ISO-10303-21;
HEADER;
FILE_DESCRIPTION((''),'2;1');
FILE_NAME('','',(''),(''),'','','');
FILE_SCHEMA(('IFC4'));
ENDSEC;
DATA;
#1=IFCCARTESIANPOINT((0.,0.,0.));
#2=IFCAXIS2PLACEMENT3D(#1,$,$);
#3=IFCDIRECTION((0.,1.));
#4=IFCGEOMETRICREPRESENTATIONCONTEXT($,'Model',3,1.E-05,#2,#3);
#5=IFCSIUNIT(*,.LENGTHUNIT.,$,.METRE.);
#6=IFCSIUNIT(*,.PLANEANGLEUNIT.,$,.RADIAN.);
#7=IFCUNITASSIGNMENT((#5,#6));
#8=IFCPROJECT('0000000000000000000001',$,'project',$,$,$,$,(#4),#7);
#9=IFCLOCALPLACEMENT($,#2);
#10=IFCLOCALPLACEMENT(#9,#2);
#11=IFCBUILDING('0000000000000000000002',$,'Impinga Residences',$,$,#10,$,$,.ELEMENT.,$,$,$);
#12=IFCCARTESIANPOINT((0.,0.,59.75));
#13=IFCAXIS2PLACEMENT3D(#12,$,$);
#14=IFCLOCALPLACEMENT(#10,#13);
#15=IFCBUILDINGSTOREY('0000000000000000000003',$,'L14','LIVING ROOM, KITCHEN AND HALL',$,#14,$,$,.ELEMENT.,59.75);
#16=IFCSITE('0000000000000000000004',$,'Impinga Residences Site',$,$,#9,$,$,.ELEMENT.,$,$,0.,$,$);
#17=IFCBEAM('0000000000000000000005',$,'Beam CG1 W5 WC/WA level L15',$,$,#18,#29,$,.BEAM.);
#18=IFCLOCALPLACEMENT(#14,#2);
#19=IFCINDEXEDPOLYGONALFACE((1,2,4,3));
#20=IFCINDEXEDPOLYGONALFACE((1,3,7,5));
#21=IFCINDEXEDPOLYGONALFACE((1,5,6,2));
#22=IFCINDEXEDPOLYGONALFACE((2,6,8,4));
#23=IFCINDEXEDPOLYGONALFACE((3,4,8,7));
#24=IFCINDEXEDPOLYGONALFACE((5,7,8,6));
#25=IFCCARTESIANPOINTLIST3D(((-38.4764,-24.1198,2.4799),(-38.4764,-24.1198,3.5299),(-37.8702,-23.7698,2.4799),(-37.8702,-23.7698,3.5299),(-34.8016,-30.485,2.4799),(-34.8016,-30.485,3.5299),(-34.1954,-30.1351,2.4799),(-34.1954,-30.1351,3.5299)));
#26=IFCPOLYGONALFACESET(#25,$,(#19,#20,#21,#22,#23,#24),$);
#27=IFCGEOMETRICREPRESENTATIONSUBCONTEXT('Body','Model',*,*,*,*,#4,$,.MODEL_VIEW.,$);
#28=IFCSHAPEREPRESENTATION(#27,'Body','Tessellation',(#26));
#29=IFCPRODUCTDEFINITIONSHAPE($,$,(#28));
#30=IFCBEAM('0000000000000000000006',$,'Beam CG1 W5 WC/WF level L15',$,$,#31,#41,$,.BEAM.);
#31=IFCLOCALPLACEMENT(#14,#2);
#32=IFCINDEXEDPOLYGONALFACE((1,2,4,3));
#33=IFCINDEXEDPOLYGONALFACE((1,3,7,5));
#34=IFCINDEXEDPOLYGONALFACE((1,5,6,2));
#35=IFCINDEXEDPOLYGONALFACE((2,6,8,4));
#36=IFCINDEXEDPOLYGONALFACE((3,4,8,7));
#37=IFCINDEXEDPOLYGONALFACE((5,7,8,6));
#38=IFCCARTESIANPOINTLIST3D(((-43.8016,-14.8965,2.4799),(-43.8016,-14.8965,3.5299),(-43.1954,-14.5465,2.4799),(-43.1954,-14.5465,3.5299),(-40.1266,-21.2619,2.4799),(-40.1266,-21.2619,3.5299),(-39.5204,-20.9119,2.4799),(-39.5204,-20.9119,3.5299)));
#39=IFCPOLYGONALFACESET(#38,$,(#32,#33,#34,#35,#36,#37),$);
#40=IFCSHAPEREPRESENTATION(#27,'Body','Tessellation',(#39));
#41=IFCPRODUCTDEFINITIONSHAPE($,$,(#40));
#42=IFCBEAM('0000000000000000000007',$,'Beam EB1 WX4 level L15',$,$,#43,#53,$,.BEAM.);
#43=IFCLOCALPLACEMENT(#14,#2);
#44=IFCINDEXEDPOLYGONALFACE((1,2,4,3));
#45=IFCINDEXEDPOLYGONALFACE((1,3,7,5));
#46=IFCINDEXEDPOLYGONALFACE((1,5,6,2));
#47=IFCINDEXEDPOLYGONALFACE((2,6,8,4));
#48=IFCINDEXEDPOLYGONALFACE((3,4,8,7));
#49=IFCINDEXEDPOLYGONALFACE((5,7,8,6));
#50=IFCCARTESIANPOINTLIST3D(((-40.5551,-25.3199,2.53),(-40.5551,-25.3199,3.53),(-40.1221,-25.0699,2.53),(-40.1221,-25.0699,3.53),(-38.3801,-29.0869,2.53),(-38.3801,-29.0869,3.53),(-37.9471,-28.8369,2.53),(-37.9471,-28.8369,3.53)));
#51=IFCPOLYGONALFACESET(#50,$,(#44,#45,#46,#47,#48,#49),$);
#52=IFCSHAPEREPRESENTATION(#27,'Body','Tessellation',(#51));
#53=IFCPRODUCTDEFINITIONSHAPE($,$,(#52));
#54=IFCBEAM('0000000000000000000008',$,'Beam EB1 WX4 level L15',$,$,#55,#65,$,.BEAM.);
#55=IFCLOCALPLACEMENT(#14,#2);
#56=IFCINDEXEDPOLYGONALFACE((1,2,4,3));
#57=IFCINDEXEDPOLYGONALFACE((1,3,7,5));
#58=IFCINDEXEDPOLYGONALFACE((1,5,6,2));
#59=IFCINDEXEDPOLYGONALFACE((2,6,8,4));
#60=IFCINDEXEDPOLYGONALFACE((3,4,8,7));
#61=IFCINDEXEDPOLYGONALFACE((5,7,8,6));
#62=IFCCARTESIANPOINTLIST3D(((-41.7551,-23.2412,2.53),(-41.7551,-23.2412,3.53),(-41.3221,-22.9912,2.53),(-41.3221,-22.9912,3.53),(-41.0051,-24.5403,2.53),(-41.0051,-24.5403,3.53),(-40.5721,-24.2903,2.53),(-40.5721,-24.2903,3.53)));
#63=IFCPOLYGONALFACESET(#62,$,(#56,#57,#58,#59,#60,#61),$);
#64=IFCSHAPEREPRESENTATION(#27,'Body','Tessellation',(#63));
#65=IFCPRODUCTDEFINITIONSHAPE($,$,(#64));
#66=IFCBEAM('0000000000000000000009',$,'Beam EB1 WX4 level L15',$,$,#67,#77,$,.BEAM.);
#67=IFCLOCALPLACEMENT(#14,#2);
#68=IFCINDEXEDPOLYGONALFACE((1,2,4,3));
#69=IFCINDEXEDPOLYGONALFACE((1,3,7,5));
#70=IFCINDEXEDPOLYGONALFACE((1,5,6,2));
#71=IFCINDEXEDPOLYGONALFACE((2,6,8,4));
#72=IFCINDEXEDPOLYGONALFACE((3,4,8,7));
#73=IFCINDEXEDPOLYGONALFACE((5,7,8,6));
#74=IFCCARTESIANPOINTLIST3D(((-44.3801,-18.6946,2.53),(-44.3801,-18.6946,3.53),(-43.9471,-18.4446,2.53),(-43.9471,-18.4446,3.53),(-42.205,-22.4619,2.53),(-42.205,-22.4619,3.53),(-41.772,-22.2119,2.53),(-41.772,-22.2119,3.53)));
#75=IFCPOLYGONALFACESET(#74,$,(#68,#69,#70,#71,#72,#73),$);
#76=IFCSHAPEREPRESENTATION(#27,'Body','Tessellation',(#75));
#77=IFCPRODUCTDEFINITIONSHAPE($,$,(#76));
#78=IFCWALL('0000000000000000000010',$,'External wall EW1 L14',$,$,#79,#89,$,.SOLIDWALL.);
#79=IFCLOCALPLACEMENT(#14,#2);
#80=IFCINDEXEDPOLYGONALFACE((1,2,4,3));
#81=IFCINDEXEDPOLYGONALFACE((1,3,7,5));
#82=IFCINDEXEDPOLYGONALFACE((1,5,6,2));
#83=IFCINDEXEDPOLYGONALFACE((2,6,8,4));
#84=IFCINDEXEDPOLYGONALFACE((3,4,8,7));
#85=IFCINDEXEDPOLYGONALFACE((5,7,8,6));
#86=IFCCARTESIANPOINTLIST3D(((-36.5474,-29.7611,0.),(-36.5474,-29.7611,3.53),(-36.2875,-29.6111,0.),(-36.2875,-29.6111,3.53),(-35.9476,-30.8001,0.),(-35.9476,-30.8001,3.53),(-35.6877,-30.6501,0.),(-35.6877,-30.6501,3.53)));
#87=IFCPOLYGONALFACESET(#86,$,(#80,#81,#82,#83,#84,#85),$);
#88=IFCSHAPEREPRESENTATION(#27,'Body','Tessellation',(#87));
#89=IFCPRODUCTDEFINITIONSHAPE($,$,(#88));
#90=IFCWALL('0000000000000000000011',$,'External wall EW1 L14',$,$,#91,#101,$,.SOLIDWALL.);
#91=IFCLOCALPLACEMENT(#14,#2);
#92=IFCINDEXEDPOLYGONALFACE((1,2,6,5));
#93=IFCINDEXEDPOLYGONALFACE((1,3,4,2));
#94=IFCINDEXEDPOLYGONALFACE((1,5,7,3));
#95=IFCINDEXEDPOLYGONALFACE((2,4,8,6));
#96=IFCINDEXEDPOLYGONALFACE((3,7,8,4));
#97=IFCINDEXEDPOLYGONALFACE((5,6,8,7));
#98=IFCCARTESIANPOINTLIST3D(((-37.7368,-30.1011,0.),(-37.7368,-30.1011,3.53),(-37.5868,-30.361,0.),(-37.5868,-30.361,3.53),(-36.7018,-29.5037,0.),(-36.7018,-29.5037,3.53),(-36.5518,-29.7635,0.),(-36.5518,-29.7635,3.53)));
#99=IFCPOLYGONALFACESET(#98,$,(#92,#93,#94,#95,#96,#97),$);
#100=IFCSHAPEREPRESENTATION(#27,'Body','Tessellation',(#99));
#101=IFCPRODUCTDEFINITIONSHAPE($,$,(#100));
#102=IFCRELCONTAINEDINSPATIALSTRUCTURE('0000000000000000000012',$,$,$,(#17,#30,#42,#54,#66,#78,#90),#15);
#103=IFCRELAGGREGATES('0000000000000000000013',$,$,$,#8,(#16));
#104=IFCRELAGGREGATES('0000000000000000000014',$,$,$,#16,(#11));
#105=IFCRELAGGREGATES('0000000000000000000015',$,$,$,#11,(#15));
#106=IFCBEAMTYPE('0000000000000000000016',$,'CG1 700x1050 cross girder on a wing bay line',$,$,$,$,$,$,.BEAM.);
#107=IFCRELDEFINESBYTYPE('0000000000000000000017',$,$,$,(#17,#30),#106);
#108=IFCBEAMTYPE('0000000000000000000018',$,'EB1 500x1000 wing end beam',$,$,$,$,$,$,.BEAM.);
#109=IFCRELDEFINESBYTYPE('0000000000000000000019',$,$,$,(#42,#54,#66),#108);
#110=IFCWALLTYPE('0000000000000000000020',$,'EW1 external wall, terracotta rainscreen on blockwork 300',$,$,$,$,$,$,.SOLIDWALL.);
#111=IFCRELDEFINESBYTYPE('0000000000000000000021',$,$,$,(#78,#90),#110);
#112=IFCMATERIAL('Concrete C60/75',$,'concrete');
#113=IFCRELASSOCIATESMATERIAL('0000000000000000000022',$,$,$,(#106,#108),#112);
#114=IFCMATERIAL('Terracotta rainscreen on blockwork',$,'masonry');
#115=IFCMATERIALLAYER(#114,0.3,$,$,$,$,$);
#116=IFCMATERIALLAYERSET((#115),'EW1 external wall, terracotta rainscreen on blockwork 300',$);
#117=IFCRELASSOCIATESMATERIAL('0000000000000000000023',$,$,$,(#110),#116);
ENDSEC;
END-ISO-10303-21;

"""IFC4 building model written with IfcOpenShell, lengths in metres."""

from ifc_helpers import new_model, si_unit, direction, frame, frame_2d, origin, origin_2d, place, context, subcontext, project, spatial, rectangle, extrude, material, layer, layer_set, material_profile, profile_set, type_object, element, save


model = new_model("IFC4")

# Units and contexts
model_context = context("Model", 3, precision=1e-05, world=origin(), true_north=direction((0.0, 1.0)))
body_context = subcontext(model_context, "Body", "Model", "MODEL_VIEW")
ifc_project = project(units=[si_unit("LENGTHUNIT", "METRE"), si_unit("PLANEANGLEUNIT", "RADIAN")], contexts=[model_context])

# Site, building, storey
site_placement = place(None, origin())
site = spatial("IfcSite", under=ifc_project, at=site_placement, Name="Impinga Residences Site", CompositionType="ELEMENT", RefElevation=0.0)
building_placement = place(site_placement, origin())
building = spatial("IfcBuilding", under=site, at=building_placement, Name="Impinga Residences", CompositionType="ELEMENT")
storey_placement = place(building_placement, frame((0.0, 0.0, 59.75)))
storey = spatial("IfcBuildingStorey", under=building, at=storey_placement, Name="L14", Description="LIVING ROOM, KITCHEN AND HALL", CompositionType="ELEMENT", Elevation=59.75)

# Beams
ifc_material_1 = material(Name="Concrete C60/75", Category="concrete")
ifc_material_profile_1 = material_profile(ifc_material_1, rectangle(XDim=0.7, YDim=1.05, at=origin_2d()), Name="RC 700x1050")
ifc_profile_set_1 = profile_set([ifc_material_profile_1], Name="Concrete C60/75")
beam_type_1 = type_object("IfcBeamType", Name="CG1 700x1050 cross girder on a wing bay line", PredefinedType="BEAM", material=ifc_profile_set_1)
beam_1_placement = place(storey_placement, frame((-38.1733, -23.9448, 3.0049), z_axis=(0.499983, -0.866035, 0.0), x_axis=(0.866035, 0.499983, 0.0)))
element("IfcBeam", 1, at=beam_1_placement, inside=storey, type_object=beam_type_1, Name="Beam CG1 W5 WC/WA level L15", PredefinedType="BEAM", context=body_context, shape_type="SweptSolid", body=[
    extrude(rectangle(XDim=0.7, YDim=1.05, at=origin_2d()), origin(), (0.0, 0.0, 1.0), 7.3499),
])
beam_2_placement = place(storey_placement, frame((-39.8235, -21.0869, 3.0049), z_axis=(-0.499994, 0.866029, 0.0), x_axis=(-0.866029, -0.499994, 0.0)))
element("IfcBeam", 2, at=beam_2_placement, inside=storey, type_object=beam_type_1, Name="Beam CG1 W5 WC/WF level L15", PredefinedType="BEAM", context=body_context, shape_type="SweptSolid", body=[
    extrude(rectangle(XDim=0.7, YDim=1.05, at=origin_2d()), origin(), (0.0, 0.0, 1.0), 7.3501),
])
ifc_material_profile_2 = material_profile(ifc_material_1, rectangle(XDim=0.5, YDim=1.0, at=origin_2d()), Name="RC 500x1000")
ifc_profile_set_2 = profile_set([ifc_material_profile_2], Name="Concrete C60/75")
beam_type_2 = type_object("IfcBeamType", Name="EB1 500x1000 wing end beam", PredefinedType="BEAM", material=ifc_profile_set_2)
beam_3_placement = place(storey_placement, frame((-38.1636, -28.9619, 3.03), z_axis=(-0.50002, 0.866014, 0.0), x_axis=(-0.866014, -0.50002, 0.0)))
element("IfcBeam", 3, at=beam_3_placement, inside=storey, type_object=beam_type_2, Name="Beam EB1 WX4 level L15", PredefinedType="BEAM", context=body_context, shape_type="SweptSolid", body=[
    extrude(rectangle(XDim=0.5, YDim=1.0, at=origin_2d()), origin(), (0.0, 0.0, 1.0), 4.3499),
])
beam_4_placement = place(storey_placement, frame((-40.7886, -24.4153, 3.03), z_axis=(-0.49999, 0.866031, 0.0), x_axis=(-0.866031, -0.49999, 0.0)))
element("IfcBeam", 4, at=beam_4_placement, inside=storey, type_object=beam_type_2, Name="Beam EB1 WX4 level L15", PredefinedType="BEAM", context=body_context, shape_type="SweptSolid", body=[
    extrude(rectangle(XDim=0.5, YDim=1.0, at=origin_2d()), origin(), (0.0, 0.0, 1.0), 1.5),
])
beam_5_placement = place(storey_placement, frame((-41.9885, -22.3369, 3.03), z_axis=(-0.499996, 0.866028, 0.0), x_axis=(-0.866028, -0.499996, 0.0)))
element("IfcBeam", 5, at=beam_5_placement, inside=storey, type_object=beam_type_2, Name="Beam EB1 WX4 level L15", PredefinedType="BEAM", context=body_context, shape_type="SweptSolid", body=[
    extrude(rectangle(XDim=0.5, YDim=1.0, at=origin_2d()), origin(), (0.0, 0.0, 1.0), 4.3501),
])

# Walls
ifc_material_2 = material(Name="Terracotta rainscreen on blockwork", Category="masonry")
ifc_layer_1 = layer(ifc_material_2, 0.3)
ifc_layer_set_1 = layer_set([ifc_layer_1], Name="EW1 external wall, terracotta rainscreen on blockwork 300")
wall_type_1 = type_object("IfcWallType", Name="EW1 external wall, terracotta rainscreen on blockwork 300", PredefinedType="SOLIDWALL", material=ifc_layer_set_1)
wall_1_placement = place(storey_placement, frame((-35.8176, -30.7251, 0.0), z_axis=(0.0, 0.0, 1.0), x_axis=(-0.499969, 0.866043, 0.0)))
element("IfcWall", 6, at=wall_1_placement, inside=storey, type_object=wall_type_1, Name="External wall EW1 L14", PredefinedType="SOLIDWALL", context=body_context, shape_type="SweptSolid", body=[
    extrude(rectangle(XDim=1.1997, YDim=0.3, at=frame_2d((0.5999, 0.0))), origin(), (0.0, 0.0, 1.0), 3.53),
])
wall_2_placement = place(storey_placement, frame((-36.6267, -29.6335, 0.0), z_axis=(0.0, 0.0, 1.0), x_axis=(-0.86606, -0.499941, 0.0)))
element("IfcWall", 7, at=wall_2_placement, inside=storey, type_object=wall_type_1, Name="External wall EW1 L14", PredefinedType="SOLIDWALL", context=body_context, shape_type="SweptSolid", body=[
    extrude(rectangle(XDim=1.1951, YDim=0.3, at=frame_2d((0.5977, 0.0))), origin(), (0.0, 0.0, 1.0), 3.53),
])

save(model, "model.ifc")
